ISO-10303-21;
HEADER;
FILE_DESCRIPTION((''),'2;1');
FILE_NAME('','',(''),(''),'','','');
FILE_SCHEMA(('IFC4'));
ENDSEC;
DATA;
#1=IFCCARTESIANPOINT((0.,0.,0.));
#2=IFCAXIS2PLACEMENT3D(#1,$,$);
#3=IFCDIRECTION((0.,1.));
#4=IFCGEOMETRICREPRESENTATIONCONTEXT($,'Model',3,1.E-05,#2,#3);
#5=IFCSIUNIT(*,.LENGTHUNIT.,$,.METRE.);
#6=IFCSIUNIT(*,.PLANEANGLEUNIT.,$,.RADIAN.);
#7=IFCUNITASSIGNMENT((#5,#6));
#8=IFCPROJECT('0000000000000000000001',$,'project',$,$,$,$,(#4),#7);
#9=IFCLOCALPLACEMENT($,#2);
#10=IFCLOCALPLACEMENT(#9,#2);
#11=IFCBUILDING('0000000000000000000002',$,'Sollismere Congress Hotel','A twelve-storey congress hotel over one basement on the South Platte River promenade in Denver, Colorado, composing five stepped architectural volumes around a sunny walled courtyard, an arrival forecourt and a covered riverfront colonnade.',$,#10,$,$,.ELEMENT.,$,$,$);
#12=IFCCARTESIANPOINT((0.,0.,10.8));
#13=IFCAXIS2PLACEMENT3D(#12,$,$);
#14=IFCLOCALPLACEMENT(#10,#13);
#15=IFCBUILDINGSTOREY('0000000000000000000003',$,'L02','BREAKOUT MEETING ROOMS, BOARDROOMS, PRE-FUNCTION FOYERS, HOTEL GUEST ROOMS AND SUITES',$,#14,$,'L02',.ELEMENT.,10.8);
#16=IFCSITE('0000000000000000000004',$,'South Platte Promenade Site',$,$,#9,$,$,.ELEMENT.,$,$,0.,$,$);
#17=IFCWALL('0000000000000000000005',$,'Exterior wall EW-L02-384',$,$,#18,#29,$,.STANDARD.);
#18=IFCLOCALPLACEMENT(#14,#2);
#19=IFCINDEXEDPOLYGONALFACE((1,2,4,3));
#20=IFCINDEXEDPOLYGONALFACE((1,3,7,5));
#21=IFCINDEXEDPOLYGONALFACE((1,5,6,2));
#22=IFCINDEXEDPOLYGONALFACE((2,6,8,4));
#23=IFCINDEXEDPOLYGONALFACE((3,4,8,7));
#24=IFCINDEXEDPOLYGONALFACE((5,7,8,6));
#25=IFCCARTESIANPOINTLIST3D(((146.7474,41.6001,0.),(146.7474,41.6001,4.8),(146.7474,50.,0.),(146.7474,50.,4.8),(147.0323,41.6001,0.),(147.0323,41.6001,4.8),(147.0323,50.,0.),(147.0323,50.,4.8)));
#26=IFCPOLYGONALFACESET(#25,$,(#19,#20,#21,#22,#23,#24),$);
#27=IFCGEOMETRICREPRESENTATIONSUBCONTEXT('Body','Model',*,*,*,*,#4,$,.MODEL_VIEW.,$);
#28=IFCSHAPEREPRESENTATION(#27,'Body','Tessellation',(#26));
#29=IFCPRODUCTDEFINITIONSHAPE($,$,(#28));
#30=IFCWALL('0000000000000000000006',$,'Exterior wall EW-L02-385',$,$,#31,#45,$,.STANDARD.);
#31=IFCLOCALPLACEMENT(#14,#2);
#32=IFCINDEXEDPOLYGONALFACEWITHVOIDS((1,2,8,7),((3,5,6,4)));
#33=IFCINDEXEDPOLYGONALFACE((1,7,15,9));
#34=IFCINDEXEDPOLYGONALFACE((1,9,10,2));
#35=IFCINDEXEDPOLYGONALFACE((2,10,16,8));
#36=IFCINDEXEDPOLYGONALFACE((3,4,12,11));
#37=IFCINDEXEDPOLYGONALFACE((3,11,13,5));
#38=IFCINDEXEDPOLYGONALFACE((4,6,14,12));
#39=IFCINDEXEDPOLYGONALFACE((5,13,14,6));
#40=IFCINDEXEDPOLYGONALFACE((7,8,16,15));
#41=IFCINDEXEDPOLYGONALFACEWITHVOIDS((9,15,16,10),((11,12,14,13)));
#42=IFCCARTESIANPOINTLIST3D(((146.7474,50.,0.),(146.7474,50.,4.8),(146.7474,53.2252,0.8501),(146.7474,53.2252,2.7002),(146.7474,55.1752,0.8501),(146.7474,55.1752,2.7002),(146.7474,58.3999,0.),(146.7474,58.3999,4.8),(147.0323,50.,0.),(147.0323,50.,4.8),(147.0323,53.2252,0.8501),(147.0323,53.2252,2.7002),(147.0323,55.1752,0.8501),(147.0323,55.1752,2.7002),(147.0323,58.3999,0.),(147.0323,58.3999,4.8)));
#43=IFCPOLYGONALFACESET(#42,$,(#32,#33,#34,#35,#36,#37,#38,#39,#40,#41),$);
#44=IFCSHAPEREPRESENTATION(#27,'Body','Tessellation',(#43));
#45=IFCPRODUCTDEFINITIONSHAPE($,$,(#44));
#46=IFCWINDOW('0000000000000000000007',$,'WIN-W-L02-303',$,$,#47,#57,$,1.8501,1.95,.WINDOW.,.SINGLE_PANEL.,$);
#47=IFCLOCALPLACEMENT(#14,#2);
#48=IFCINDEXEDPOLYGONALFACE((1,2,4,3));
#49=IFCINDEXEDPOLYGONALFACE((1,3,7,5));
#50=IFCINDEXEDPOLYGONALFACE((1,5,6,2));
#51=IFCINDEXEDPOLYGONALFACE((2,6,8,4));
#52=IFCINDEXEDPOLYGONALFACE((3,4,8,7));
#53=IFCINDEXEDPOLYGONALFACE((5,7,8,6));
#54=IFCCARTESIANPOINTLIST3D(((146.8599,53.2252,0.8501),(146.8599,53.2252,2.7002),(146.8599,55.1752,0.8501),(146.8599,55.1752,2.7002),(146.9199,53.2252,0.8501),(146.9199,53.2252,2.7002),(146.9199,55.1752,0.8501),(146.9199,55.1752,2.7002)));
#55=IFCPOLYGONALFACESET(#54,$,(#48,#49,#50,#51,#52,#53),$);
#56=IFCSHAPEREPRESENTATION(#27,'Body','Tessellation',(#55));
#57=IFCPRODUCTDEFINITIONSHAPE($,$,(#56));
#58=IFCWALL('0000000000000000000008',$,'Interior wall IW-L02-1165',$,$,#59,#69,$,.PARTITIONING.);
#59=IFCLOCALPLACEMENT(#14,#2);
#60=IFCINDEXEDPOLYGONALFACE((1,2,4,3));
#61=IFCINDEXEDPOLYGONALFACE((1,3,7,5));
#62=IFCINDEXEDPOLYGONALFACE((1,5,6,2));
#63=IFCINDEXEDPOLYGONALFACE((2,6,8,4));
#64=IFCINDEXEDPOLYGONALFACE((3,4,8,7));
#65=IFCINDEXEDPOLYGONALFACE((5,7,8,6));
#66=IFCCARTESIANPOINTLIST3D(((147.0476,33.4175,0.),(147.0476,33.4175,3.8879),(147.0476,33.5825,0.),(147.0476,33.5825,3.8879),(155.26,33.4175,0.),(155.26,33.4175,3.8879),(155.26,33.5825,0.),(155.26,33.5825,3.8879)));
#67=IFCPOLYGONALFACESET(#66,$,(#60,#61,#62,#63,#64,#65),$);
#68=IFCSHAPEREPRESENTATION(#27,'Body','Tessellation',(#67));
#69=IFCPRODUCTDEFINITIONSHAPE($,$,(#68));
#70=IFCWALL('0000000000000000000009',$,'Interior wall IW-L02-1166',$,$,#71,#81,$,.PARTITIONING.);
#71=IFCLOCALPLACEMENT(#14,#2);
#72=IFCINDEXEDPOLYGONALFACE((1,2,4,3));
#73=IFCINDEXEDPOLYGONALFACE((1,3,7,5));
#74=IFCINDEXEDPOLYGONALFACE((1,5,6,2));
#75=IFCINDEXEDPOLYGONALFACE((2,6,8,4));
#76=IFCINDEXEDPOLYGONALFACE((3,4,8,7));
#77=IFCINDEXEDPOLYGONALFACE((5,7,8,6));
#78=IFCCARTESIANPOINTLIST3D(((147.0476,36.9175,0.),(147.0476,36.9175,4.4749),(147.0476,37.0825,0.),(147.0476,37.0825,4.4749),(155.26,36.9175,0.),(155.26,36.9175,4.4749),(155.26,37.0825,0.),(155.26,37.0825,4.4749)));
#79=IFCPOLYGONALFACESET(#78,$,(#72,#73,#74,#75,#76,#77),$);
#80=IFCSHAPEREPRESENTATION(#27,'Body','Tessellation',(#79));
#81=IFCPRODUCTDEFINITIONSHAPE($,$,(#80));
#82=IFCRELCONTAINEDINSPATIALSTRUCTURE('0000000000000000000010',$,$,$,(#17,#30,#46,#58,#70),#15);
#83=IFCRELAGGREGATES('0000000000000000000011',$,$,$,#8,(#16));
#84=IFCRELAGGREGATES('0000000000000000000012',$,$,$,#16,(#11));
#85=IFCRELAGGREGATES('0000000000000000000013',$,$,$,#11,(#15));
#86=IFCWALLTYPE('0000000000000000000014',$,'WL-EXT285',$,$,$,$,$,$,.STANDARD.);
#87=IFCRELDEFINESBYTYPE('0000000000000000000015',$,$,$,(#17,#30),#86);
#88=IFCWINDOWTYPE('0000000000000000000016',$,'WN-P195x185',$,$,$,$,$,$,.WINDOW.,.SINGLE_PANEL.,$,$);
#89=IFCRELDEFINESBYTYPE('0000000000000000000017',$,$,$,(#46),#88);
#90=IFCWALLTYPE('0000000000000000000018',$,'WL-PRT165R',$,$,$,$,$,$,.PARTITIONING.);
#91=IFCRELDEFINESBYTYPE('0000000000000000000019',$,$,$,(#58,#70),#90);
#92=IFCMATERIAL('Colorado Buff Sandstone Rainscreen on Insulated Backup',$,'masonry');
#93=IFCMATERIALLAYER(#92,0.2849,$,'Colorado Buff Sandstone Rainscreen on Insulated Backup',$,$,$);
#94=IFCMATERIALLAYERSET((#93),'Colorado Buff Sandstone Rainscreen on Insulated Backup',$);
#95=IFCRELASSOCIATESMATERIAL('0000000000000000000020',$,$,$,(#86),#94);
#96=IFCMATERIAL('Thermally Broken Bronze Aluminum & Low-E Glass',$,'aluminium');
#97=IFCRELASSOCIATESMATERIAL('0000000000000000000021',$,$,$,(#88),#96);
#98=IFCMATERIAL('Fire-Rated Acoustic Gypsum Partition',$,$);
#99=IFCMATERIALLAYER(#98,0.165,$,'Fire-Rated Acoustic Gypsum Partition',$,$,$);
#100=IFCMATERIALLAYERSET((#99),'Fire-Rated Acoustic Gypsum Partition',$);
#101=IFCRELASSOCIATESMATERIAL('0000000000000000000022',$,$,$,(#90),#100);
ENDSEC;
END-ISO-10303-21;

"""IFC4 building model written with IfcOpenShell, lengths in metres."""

from ifc_helpers import new_model, si_unit, direction, frame, frame_2d, origin, place, context, subcontext, project, spatial, rectangle, extrude, material, layer, layer_set, type_object, element, fill, save


model = new_model("IFC4")

# Units and contexts
model_context = context("Model", 3, precision=1e-05, world=origin(), true_north=direction((0.0, 1.0)))
body_context = subcontext(model_context, "Body", "Model", "MODEL_VIEW")
ifc_project = project(units=[si_unit("LENGTHUNIT", "METRE"), si_unit("PLANEANGLEUNIT", "RADIAN")], contexts=[model_context])

# Site, building, storey
site_placement = place(None, origin())
site = spatial("IfcSite", under=ifc_project, at=site_placement, Name="South Platte Promenade Site", CompositionType="ELEMENT", RefElevation=0.0)
building_placement = place(site_placement, origin())
building = spatial("IfcBuilding", under=site, at=building_placement, Name="Sollismere Congress Hotel", Description="A twelve-storey congress hotel over one basement on the South Platte River promenade in Denver, Colorado, composing five stepped architectural volumes around a sunny walled courtyard, an arrival forecourt and a covered riverfront colonnade.", CompositionType="ELEMENT")
storey_placement = place(building_placement, frame((0.0, 0.0, 10.8)))
storey = spatial("IfcBuildingStorey", under=building, at=storey_placement, Name="L02", Description="BREAKOUT MEETING ROOMS, BOARDROOMS, PRE-FUNCTION FOYERS, HOTEL GUEST ROOMS AND SUITES", LongName="L02", CompositionType="ELEMENT", Elevation=10.8)

# Wall
ifc_material_1 = material(Name="Colorado Buff Sandstone Rainscreen on Insulated Backup", Category="masonry")
ifc_layer_1 = layer(ifc_material_1, 0.2849, Name="Colorado Buff Sandstone Rainscreen on Insulated Backup")
ifc_layer_set_1 = layer_set([ifc_layer_1], Name="Colorado Buff Sandstone Rainscreen on Insulated Backup")
wall_type_1 = type_object("IfcWallType", Name="WL-EXT285", PredefinedType="STANDARD", material=ifc_layer_set_1)
wall_1_placement = place(storey_placement, frame((146.8899, 41.6001, 0.0), z_axis=(0.0, 0.0, 1.0), x_axis=(0.0, 1.0, 0.0)))
element("IfcWall", 1, at=wall_1_placement, inside=storey, type_object=wall_type_1, Name="Exterior wall EW-L02-384", PredefinedType="STANDARD", context=body_context, shape_type="SweptSolid", body=[
    extrude(rectangle(XDim=8.3999, YDim=0.2849, at=frame_2d((4.2, 0.0))), origin(), (0.0, 0.0, 1.0), 4.8),
])

# Wall, opening, window
wall_2_placement = place(storey_placement, frame((146.8899, 50.0, 0.0), z_axis=(0.0, 0.0, 1.0), x_axis=(0.0, 1.0, 0.0)))
wall_2 = element("IfcWall", 2, at=wall_2_placement, inside=storey, type_object=wall_type_1, Name="Exterior wall EW-L02-385", PredefinedType="STANDARD", context=body_context, shape_type="SweptSolid", body=[
    extrude(rectangle(XDim=8.3999, YDim=0.2849, at=frame_2d((4.2, 0.0))), origin(), (0.0, 0.0, 1.0), 4.8),
])
opening_placement = place(wall_2_placement, frame((3.2251, 0.0, 0.8501)))
opening = element("IfcOpeningElement", 3, at=opening_placement, cuts=wall_2, PredefinedType="OPENING", context=body_context, shape_type="SweptSolid", body=[
    extrude(rectangle(XDim=1.95, YDim=1.8501, at=frame_2d((0.9751, 0.925))), frame((0.0, 0.1523, 0.0), z_axis=(0.0, -1.0, 0.0), x_axis=(1.0, 0.0, 0.0)), (0.0, 0.0, 1.0), 0.3049),
])
ifc_material_2 = material(Name="Thermally Broken Bronze Aluminum & Low-E Glass", Category="aluminium")
window_type = type_object("IfcWindowType", Name="WN-P195x185", PartitioningType="SINGLE_PANEL", PredefinedType="WINDOW", material=ifc_material_2)
window_placement = place(opening_placement, origin())
window = element("IfcWindow", 4, at=window_placement, inside=storey, type_object=window_type, Name="WIN-W-L02-303", OverallHeight=1.8501, OverallWidth=1.95, PartitioningType="SINGLE_PANEL", PredefinedType="WINDOW", context=body_context, shape_type="SweptSolid", body=[
    extrude(rectangle(XDim=1.95, YDim=1.8501, at=frame_2d((0.9751, 0.925))), frame((0.0, 0.03, 0.0), z_axis=(0.0, -1.0, 0.0), x_axis=(1.0, 0.0, 0.0)), (0.0, 0.0, 1.0), 0.0601),
])
fill(opening, window)

# Walls
ifc_material_3 = material(Name="Fire-Rated Acoustic Gypsum Partition")
ifc_layer_2 = layer(ifc_material_3, 0.165, Name="Fire-Rated Acoustic Gypsum Partition")
ifc_layer_set_2 = layer_set([ifc_layer_2], Name="Fire-Rated Acoustic Gypsum Partition")
wall_type_2 = type_object("IfcWallType", Name="WL-PRT165R", PredefinedType="PARTITIONING", material=ifc_layer_set_2)
wall_3_placement = place(storey_placement, frame((147.0476, 33.5, 0.0), z_axis=(0.0, 0.0, 1.0), x_axis=(1.0, 0.0, 0.0)))
element("IfcWall", 5, at=wall_3_placement, inside=storey, type_object=wall_type_2, Name="Interior wall IW-L02-1165", PredefinedType="PARTITIONING", context=body_context, shape_type="SweptSolid", body=[
    extrude(rectangle(XDim=8.2124, YDim=0.165, at=frame_2d((4.1062, 0.0))), origin(), (0.0, 0.0, 1.0), 3.8879),
])
wall_4_placement = place(storey_placement, frame((147.0476, 37.0, 0.0), z_axis=(0.0, 0.0, 1.0), x_axis=(1.0, 0.0, 0.0)))
element("IfcWall", 6, at=wall_4_placement, inside=storey, type_object=wall_type_2, Name="Interior wall IW-L02-1166", PredefinedType="PARTITIONING", context=body_context, shape_type="SweptSolid", body=[
    extrude(rectangle(XDim=8.2124, YDim=0.165, at=frame_2d((4.1062, 0.0))), origin(), (0.0, 0.0, 1.0), 4.4749),
])

save(model, "model.ifc")
